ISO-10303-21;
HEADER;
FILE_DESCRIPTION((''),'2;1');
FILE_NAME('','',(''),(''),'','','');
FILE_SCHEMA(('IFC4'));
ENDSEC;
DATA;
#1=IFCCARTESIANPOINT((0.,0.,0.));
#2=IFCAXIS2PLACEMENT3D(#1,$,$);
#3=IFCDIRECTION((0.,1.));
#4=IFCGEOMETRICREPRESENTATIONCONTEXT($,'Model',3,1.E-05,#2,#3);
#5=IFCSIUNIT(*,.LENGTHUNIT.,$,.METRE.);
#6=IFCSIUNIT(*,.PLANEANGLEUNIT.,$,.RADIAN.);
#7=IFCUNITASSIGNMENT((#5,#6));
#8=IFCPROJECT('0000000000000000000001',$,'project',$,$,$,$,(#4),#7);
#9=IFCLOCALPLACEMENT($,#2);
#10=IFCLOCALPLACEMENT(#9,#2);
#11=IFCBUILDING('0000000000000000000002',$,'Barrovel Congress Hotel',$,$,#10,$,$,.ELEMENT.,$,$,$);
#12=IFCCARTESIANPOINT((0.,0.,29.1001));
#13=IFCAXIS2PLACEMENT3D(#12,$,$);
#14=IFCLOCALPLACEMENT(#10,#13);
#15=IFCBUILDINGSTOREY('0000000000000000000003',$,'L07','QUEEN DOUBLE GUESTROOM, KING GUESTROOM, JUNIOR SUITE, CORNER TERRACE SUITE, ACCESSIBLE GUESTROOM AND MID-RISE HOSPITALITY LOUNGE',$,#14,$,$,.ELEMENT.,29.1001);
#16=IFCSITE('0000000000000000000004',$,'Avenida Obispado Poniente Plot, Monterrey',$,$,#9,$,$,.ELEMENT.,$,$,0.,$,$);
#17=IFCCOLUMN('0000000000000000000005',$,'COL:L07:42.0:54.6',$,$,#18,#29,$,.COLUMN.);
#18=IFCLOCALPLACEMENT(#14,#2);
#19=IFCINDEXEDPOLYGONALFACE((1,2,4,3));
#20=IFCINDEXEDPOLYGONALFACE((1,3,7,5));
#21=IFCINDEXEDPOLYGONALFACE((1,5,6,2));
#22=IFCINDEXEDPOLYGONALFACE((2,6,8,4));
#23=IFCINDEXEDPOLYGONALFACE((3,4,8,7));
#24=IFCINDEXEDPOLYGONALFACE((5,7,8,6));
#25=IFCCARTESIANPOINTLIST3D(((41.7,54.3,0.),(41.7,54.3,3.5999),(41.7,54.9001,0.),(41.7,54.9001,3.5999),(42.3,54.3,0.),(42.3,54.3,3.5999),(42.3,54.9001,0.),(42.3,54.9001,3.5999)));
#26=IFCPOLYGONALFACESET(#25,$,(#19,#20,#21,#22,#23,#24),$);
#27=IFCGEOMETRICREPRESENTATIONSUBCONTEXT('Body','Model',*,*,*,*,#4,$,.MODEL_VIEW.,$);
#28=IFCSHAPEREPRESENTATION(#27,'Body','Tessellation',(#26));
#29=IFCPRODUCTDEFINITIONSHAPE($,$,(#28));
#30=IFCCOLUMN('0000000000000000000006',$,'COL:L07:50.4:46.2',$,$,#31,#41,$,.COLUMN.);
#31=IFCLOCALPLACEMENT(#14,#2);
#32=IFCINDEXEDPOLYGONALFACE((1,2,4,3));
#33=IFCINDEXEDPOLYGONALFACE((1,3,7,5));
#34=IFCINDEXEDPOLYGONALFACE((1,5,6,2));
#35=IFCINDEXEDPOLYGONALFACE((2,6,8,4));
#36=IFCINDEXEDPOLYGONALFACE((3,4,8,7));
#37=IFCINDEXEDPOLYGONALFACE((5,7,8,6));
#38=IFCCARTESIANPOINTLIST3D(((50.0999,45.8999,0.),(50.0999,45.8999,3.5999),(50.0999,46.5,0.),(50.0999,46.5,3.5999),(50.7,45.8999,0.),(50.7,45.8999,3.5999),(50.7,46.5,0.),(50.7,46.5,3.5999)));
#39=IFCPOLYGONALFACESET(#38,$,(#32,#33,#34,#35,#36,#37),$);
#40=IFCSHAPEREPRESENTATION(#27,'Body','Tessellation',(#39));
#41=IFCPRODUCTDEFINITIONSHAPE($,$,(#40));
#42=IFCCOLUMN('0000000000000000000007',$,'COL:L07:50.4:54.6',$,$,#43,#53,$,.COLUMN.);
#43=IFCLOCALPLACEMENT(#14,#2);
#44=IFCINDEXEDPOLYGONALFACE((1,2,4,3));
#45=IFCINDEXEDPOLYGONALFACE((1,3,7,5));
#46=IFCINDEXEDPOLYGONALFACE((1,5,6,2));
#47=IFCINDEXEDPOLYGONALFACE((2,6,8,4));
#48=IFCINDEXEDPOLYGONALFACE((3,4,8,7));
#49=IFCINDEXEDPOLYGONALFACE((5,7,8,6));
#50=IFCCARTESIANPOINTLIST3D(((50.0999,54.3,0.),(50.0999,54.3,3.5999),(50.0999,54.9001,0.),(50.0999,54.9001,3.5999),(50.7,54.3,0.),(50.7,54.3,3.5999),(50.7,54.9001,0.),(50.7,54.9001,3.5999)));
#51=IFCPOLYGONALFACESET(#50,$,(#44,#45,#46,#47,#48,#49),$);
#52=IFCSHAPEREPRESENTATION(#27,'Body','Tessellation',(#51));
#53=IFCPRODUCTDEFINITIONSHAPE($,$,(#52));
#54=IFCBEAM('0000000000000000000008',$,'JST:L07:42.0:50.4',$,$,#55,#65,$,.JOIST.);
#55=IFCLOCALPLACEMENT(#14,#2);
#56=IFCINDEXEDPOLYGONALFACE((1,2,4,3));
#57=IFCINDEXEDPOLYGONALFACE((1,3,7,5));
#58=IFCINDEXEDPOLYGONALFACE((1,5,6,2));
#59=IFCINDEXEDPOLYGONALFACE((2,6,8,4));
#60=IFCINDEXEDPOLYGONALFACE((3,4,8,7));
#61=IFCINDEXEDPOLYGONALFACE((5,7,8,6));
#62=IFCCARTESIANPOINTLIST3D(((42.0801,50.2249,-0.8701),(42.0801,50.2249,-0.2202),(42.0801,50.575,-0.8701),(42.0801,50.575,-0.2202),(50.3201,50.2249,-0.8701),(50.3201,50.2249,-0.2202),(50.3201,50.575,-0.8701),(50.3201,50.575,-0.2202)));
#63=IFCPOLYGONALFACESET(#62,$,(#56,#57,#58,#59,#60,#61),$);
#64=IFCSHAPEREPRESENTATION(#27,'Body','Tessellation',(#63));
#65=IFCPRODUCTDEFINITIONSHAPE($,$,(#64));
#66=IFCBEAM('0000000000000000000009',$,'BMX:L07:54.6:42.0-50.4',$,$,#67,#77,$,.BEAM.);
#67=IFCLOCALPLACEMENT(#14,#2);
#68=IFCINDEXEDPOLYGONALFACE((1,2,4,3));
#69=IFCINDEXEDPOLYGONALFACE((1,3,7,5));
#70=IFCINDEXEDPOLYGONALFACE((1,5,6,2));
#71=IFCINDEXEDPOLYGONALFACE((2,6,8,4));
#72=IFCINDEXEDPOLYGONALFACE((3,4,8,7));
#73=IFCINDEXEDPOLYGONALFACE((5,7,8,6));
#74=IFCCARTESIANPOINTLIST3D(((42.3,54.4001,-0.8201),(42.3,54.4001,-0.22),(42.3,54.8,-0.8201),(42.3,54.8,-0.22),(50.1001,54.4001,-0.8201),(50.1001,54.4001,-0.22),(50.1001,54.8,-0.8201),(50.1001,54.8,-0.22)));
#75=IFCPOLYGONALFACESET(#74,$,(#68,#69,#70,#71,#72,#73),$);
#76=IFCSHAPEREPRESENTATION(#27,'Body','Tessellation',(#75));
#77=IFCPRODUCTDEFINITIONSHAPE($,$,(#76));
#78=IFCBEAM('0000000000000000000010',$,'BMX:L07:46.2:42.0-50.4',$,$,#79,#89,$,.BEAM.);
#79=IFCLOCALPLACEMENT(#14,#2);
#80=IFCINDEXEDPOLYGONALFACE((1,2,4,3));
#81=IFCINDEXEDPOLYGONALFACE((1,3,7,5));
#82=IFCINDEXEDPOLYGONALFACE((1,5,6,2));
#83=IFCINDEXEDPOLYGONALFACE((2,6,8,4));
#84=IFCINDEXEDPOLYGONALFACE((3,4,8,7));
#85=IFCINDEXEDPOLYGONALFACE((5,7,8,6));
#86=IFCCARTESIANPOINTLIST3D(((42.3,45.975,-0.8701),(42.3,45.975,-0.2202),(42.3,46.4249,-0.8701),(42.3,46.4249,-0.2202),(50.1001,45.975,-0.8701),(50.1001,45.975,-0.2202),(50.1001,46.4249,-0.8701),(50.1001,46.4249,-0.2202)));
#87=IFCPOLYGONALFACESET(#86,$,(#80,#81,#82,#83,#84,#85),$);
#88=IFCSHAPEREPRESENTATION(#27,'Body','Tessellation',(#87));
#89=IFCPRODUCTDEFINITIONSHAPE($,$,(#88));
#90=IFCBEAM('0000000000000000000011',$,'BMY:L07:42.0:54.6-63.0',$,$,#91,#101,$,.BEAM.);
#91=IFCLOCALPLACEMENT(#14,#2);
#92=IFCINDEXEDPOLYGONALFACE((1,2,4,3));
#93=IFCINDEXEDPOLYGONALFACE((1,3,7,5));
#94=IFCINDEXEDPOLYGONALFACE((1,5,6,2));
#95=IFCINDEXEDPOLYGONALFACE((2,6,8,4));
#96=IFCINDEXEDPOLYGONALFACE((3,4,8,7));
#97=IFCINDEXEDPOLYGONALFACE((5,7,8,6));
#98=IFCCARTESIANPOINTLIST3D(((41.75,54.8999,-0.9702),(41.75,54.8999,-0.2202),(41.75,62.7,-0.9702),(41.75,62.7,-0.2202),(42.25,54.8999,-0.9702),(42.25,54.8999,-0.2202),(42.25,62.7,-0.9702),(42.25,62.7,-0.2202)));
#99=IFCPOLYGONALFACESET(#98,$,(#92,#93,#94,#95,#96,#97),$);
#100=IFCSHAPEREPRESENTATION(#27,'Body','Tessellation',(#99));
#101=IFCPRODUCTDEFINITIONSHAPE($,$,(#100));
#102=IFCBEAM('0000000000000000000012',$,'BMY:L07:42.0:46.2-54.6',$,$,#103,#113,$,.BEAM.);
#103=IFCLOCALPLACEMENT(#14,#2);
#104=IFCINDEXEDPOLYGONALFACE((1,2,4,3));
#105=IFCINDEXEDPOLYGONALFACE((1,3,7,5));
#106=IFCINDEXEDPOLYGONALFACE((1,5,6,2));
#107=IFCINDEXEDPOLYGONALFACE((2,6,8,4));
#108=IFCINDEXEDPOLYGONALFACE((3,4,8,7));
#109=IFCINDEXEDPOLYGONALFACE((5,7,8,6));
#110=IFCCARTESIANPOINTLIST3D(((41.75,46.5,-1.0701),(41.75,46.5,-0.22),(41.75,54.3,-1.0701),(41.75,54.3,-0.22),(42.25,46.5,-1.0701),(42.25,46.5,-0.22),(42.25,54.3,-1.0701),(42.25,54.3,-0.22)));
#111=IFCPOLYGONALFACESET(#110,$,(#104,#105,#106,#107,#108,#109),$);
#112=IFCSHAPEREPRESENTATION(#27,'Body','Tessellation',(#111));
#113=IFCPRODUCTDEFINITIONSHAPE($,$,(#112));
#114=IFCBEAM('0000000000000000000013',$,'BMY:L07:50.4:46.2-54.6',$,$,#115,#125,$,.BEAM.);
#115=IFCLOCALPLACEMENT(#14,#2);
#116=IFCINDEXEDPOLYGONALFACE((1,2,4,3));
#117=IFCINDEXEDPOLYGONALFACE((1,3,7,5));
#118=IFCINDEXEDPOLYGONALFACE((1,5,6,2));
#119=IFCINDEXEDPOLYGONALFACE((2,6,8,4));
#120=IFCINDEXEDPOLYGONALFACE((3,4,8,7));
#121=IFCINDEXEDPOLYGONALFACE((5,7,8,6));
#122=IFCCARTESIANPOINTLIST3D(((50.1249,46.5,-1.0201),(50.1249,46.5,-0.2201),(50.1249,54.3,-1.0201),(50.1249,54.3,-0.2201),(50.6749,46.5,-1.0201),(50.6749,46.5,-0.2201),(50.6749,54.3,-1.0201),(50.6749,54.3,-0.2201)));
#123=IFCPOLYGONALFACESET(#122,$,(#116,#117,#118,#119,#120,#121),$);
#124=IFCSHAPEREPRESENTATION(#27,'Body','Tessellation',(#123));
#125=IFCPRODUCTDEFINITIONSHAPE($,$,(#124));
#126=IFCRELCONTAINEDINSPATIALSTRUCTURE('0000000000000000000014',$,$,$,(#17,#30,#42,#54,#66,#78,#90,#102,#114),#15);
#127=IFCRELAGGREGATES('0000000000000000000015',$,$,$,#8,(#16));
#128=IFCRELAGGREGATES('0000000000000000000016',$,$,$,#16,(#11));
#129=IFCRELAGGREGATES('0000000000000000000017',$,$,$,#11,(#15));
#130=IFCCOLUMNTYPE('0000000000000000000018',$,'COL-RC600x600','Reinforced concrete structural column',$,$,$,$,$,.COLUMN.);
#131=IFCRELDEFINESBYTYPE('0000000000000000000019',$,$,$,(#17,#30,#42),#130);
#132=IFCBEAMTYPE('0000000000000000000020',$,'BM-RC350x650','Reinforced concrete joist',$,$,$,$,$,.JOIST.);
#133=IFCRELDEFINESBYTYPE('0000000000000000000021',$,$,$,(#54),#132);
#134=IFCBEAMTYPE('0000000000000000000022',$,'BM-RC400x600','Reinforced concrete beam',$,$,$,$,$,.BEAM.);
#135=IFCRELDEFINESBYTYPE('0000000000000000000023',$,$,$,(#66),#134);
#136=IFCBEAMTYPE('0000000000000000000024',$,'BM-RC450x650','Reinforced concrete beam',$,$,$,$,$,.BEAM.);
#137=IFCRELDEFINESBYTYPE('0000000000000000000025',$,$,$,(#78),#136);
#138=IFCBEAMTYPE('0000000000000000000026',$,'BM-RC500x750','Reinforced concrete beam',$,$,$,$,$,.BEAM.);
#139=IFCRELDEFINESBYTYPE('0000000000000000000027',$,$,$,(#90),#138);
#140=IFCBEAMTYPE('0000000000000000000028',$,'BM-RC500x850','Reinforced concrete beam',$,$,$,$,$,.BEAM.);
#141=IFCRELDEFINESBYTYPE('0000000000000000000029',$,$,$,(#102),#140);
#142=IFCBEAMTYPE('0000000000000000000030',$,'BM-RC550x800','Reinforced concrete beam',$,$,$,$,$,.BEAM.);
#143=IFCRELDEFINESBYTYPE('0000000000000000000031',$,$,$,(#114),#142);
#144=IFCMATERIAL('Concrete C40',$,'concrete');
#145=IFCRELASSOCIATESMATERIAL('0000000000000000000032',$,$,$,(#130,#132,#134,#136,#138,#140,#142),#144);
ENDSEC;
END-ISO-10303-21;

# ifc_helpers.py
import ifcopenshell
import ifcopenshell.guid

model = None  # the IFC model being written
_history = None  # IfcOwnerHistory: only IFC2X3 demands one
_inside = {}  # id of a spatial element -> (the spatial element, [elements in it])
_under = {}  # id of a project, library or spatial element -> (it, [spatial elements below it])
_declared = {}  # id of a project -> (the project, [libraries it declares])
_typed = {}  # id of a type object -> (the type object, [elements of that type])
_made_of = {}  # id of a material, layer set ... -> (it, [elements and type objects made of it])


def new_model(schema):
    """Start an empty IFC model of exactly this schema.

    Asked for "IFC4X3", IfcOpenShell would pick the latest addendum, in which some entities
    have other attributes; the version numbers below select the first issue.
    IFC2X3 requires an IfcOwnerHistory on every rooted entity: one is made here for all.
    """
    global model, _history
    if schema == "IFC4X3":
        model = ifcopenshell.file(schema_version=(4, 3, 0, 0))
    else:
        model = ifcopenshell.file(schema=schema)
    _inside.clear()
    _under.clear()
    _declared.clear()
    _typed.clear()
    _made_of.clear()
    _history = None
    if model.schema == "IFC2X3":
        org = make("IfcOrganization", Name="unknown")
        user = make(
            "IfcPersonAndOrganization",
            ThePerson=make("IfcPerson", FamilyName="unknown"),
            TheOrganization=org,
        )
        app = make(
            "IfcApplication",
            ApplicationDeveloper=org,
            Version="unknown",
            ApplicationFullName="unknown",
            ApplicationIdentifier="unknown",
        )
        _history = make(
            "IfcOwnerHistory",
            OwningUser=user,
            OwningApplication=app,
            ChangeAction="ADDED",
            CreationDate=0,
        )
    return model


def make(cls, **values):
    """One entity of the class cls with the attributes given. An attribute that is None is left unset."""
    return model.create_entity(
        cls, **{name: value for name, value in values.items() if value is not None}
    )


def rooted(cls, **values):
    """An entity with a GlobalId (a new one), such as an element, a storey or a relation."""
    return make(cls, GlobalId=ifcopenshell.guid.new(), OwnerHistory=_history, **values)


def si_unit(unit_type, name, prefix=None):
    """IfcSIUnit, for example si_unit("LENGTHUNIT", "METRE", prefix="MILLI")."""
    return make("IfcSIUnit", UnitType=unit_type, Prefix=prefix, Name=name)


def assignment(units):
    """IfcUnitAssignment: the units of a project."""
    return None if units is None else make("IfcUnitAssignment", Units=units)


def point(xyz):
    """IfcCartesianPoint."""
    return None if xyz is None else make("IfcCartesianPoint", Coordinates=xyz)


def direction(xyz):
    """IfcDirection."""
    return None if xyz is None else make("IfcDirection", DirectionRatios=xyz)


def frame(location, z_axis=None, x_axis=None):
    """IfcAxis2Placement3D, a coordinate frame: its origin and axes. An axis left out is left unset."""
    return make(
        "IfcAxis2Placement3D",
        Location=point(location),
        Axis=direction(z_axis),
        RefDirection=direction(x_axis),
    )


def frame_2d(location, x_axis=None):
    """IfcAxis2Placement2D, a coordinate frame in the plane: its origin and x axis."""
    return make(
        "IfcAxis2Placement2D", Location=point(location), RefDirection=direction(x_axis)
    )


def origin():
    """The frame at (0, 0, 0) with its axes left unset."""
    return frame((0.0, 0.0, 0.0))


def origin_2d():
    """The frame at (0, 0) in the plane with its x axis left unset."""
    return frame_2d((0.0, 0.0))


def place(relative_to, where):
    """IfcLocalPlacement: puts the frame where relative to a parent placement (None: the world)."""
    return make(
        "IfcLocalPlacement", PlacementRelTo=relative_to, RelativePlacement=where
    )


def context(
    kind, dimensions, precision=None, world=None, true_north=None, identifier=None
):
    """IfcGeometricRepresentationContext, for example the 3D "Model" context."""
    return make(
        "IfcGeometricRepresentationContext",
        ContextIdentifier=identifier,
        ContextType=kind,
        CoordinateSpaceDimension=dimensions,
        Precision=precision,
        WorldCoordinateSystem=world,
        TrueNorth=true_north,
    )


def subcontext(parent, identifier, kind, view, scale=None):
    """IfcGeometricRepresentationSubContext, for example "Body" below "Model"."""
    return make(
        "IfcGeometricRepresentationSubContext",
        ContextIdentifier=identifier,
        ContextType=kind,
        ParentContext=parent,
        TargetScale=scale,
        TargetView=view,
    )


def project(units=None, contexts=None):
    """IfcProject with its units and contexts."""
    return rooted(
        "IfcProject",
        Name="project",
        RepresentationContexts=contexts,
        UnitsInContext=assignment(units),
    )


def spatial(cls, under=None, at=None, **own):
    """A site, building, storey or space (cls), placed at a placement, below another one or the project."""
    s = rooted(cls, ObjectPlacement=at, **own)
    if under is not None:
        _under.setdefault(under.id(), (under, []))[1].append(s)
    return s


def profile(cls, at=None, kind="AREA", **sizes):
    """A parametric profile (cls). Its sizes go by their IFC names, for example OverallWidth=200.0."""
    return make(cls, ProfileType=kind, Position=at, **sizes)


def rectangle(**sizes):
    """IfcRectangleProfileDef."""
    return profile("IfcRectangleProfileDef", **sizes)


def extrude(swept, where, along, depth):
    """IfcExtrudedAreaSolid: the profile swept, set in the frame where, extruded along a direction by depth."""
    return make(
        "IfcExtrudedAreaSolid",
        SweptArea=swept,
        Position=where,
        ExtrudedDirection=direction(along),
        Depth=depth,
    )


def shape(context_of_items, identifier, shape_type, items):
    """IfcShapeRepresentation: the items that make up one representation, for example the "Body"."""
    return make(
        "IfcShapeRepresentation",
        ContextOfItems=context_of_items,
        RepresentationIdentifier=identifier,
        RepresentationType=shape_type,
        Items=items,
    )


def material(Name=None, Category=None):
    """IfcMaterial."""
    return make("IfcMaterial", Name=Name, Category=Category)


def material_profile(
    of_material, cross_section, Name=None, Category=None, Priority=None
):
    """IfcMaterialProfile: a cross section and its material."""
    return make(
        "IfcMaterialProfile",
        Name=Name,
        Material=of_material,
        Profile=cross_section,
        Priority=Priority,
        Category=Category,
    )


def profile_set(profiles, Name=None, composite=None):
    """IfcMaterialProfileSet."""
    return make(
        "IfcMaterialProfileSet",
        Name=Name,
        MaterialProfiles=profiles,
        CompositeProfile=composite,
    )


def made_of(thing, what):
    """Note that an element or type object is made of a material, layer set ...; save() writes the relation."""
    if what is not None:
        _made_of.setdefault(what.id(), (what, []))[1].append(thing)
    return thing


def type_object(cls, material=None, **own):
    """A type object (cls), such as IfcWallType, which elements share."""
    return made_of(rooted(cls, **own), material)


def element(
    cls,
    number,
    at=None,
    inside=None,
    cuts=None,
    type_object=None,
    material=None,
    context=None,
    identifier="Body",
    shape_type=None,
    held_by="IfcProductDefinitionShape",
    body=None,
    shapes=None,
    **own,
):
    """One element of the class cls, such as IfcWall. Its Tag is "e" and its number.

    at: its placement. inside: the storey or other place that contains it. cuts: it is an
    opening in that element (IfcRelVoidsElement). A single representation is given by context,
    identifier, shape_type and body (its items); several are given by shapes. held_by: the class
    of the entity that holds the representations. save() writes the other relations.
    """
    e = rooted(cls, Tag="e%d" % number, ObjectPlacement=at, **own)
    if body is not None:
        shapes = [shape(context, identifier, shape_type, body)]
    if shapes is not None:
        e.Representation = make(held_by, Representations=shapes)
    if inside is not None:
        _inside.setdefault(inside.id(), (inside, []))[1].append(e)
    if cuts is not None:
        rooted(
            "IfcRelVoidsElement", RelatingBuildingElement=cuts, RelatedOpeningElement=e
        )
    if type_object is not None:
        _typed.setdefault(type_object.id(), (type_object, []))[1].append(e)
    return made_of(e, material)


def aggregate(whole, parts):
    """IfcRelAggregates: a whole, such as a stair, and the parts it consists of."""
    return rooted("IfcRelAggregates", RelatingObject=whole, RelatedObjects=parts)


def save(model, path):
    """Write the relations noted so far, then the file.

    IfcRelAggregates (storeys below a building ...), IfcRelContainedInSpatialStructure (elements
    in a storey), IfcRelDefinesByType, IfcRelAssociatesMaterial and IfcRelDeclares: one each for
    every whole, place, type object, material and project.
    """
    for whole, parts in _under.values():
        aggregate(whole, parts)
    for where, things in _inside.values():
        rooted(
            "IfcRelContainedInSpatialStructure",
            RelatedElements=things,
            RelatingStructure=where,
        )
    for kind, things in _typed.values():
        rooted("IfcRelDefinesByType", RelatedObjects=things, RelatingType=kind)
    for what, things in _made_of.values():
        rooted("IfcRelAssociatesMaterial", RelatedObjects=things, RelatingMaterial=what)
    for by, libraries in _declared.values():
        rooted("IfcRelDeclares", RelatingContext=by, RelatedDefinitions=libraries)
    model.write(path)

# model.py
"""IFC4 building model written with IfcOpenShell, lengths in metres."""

from ifc_helpers import new_model, si_unit, direction, frame, origin, origin_2d, place, context, subcontext, project, spatial, rectangle, extrude, material, material_profile, profile_set, type_object, element, save


model = new_model("IFC4")

# Units and contexts
model_context = context("Model", 3, precision=1e-05, world=origin(), true_north=direction((0.0, 1.0)))
body_context = subcontext(model_context, "Body", "Model", "MODEL_VIEW")
ifc_project = project(units=[si_unit("LENGTHUNIT", "METRE"), si_unit("PLANEANGLEUNIT", "RADIAN")], contexts=[model_context])

# Site, building, storey
site_placement = place(None, origin())
site = spatial("IfcSite", under=ifc_project, at=site_placement, Name="Avenida Obispado Poniente Plot, Monterrey", CompositionType="ELEMENT", RefElevation=0.0)
building_placement = place(site_placement, origin())
building = spatial("IfcBuilding", under=site, at=building_placement, Name="Barrovel Congress Hotel", CompositionType="ELEMENT")
storey_placement = place(building_placement, frame((0.0, 0.0, 29.1001)))
storey = spatial("IfcBuildingStorey", under=building, at=storey_placement, Name="L07", Description="QUEEN DOUBLE GUESTROOM, KING GUESTROOM, JUNIOR SUITE, CORNER TERRACE SUITE, ACCESSIBLE GUESTROOM AND MID-RISE HOSPITALITY LOUNGE", CompositionType="ELEMENT", Elevation=29.1001)

# Columns
ifc_material_1 = material(Name="Concrete C40", Category="concrete")
ifc_material_profile_1 = material_profile(ifc_material_1, rectangle(XDim=0.6001, YDim=0.6001, at=origin_2d()), Name="RC600x600")
ifc_profile_set_1 = profile_set([ifc_material_profile_1], Name="Concrete C40")
column_type = type_object("IfcColumnType", Name="COL-RC600x600", Description="Reinforced concrete structural column", PredefinedType="COLUMN", material=ifc_profile_set_1)
for number, where, z_axis, x_axis, name in (
    (1, (42.0, 54.6001, 0.0), (0.0, 0.0, 1.0), (1.0, 0.0, 0.0), "COL:L07:42.0:54.6"),
    (2, (50.3999, 46.2, 0.0), (0.0, 0.0, 1.0), (1.0, 0.0, 0.0), "COL:L07:50.4:46.2"),
    (3, (50.3999, 54.6001, 0.0), (0.0, 0.0, 1.0), (1.0, 0.0, 0.0), "COL:L07:50.4:54.6"),
):
    element("IfcColumn", number, at=place(storey_placement, frame(where, z_axis=z_axis, x_axis=x_axis)), inside=storey, type_object=column_type, Name=name, PredefinedType="COLUMN", context=body_context, shape_type="SweptSolid", body=[
        extrude(rectangle(XDim=0.6001, YDim=0.6001, at=origin_2d()), origin(), (0.0, 0.0, 1.0), 3.5999),
    ])

# Beams
ifc_material_profile_2 = material_profile(ifc_material_1, rectangle(XDim=0.3501, YDim=0.6499, at=origin_2d()), Name="RC350x650")
ifc_profile_set_2 = profile_set([ifc_material_profile_2], Name="Concrete C40")
beam_type_1 = type_object("IfcBeamType", Name="BM-RC350x650", Description="Reinforced concrete joist", PredefinedType="JOIST", material=ifc_profile_set_2)
beam_1_placement = place(storey_placement, frame((42.0801, 50.3999, -0.5452), z_axis=(1.0, 0.0, 0.0), x_axis=(0.0, 1.0, 0.0)))
element("IfcBeam", 4, at=beam_1_placement, inside=storey, type_object=beam_type_1, Name="JST:L07:42.0:50.4", PredefinedType="JOIST", context=body_context, shape_type="SweptSolid", body=[
    extrude(rectangle(XDim=0.3501, YDim=0.6499, at=origin_2d()), origin(), (0.0, 0.0, 1.0), 8.24),
])
ifc_material_profile_3 = material_profile(ifc_material_1, rectangle(XDim=0.3999, YDim=0.6001, at=origin_2d()), Name="RC400x600")
ifc_profile_set_3 = profile_set([ifc_material_profile_3], Name="Concrete C40")
beam_type_2 = type_object("IfcBeamType", Name="BM-RC400x600", Description="Reinforced concrete beam", PredefinedType="BEAM", material=ifc_profile_set_3)
beam_2_placement = place(storey_placement, frame((42.3, 54.6001, -0.52), z_axis=(1.0, 0.0, 0.0), x_axis=(0.0, 1.0, 0.0)))
element("IfcBeam", 5, at=beam_2_placement, inside=storey, type_object=beam_type_2, Name="BMX:L07:54.6:42.0-50.4", PredefinedType="BEAM", context=body_context, shape_type="SweptSolid", body=[
    extrude(rectangle(XDim=0.3999, YDim=0.6001, at=origin_2d()), origin(), (0.0, 0.0, 1.0), 7.8),
])
ifc_material_profile_4 = material_profile(ifc_material_1, rectangle(XDim=0.45, YDim=0.6499, at=origin_2d()), Name="RC450x650")
ifc_profile_set_4 = profile_set([ifc_material_profile_4], Name="Concrete C40")
beam_type_3 = type_object("IfcBeamType", Name="BM-RC450x650", Description="Reinforced concrete beam", PredefinedType="BEAM", material=ifc_profile_set_4)
beam_3_placement = place(storey_placement, frame((42.3, 46.2, -0.5452), z_axis=(1.0, 0.0, 0.0), x_axis=(0.0, 1.0, 0.0)))
element("IfcBeam", 6, at=beam_3_placement, inside=storey, type_object=beam_type_3, Name="BMX:L07:46.2:42.0-50.4", PredefinedType="BEAM", context=body_context, shape_type="SweptSolid", body=[
    extrude(rectangle(XDim=0.45, YDim=0.6499, at=origin_2d()), origin(), (0.0, 0.0, 1.0), 7.8),
])
ifc_material_profile_5 = material_profile(ifc_material_1, rectangle(XDim=0.5, YDim=0.75, at=origin_2d()), Name="RC500x750")
ifc_profile_set_5 = profile_set([ifc_material_profile_5], Name="Concrete C40")
beam_type_4 = type_object("IfcBeamType", Name="BM-RC500x750", Description="Reinforced concrete beam", PredefinedType="BEAM", material=ifc_profile_set_5)
beam_4_placement = place(storey_placement, frame((42.0, 54.8999, -0.5952), z_axis=(0.0, 1.0, 0.0), x_axis=(-1.0, 0.0, 0.0)))
element("IfcBeam", 7, at=beam_4_placement, inside=storey, type_object=beam_type_4, Name="BMY:L07:42.0:54.6-63.0", PredefinedType="BEAM", context=body_context, shape_type="SweptSolid", body=[
    extrude(rectangle(XDim=0.5, YDim=0.75, at=origin_2d()), origin(), (0.0, 0.0, 1.0), 7.8),
])
ifc_material_profile_6 = material_profile(ifc_material_1, rectangle(XDim=0.5, YDim=0.8501, at=origin_2d()), Name="RC500x850")
ifc_profile_set_6 = profile_set([ifc_material_profile_6], Name="Concrete C40")
beam_type_5 = type_object("IfcBeamType", Name="BM-RC500x850", Description="Reinforced concrete beam", PredefinedType="BEAM", material=ifc_profile_set_6)
beam_5_placement = place(storey_placement, frame((42.0, 46.5, -0.645), z_axis=(0.0, 1.0, 0.0), x_axis=(-1.0, 0.0, 0.0)))
element("IfcBeam", 8, at=beam_5_placement, inside=storey, type_object=beam_type_5, Name="BMY:L07:42.0:46.2-54.6", PredefinedType="BEAM", context=body_context, shape_type="SweptSolid", body=[
    extrude(rectangle(XDim=0.5, YDim=0.8501, at=origin_2d()), origin(), (0.0, 0.0, 1.0), 7.8),
])
ifc_material_profile_7 = material_profile(ifc_material_1, rectangle(XDim=0.55, YDim=0.8, at=origin_2d()), Name="RC550x800")
ifc_profile_set_7 = profile_set([ifc_material_profile_7], Name="Concrete C40")
beam_type_6 = type_object("IfcBeamType", Name="BM-RC550x800", Description="Reinforced concrete beam", PredefinedType="BEAM", material=ifc_profile_set_7)
beam_6_placement = place(storey_placement, frame((50.3999, 46.5, -0.6201), z_axis=(0.0, 1.0, 0.0), x_axis=(-1.0, 0.0, 0.0)))
element("IfcBeam", 9, at=beam_6_placement, inside=storey, type_object=beam_type_6, Name="BMY:L07:50.4:46.2-54.6", PredefinedType="BEAM", context=body_context, shape_type="SweptSolid", body=[
    extrude(rectangle(XDim=0.55, YDim=0.8, at=origin_2d()), origin(), (0.0, 0.0, 1.0), 7.8),
])

save(model, "model.ifc")
